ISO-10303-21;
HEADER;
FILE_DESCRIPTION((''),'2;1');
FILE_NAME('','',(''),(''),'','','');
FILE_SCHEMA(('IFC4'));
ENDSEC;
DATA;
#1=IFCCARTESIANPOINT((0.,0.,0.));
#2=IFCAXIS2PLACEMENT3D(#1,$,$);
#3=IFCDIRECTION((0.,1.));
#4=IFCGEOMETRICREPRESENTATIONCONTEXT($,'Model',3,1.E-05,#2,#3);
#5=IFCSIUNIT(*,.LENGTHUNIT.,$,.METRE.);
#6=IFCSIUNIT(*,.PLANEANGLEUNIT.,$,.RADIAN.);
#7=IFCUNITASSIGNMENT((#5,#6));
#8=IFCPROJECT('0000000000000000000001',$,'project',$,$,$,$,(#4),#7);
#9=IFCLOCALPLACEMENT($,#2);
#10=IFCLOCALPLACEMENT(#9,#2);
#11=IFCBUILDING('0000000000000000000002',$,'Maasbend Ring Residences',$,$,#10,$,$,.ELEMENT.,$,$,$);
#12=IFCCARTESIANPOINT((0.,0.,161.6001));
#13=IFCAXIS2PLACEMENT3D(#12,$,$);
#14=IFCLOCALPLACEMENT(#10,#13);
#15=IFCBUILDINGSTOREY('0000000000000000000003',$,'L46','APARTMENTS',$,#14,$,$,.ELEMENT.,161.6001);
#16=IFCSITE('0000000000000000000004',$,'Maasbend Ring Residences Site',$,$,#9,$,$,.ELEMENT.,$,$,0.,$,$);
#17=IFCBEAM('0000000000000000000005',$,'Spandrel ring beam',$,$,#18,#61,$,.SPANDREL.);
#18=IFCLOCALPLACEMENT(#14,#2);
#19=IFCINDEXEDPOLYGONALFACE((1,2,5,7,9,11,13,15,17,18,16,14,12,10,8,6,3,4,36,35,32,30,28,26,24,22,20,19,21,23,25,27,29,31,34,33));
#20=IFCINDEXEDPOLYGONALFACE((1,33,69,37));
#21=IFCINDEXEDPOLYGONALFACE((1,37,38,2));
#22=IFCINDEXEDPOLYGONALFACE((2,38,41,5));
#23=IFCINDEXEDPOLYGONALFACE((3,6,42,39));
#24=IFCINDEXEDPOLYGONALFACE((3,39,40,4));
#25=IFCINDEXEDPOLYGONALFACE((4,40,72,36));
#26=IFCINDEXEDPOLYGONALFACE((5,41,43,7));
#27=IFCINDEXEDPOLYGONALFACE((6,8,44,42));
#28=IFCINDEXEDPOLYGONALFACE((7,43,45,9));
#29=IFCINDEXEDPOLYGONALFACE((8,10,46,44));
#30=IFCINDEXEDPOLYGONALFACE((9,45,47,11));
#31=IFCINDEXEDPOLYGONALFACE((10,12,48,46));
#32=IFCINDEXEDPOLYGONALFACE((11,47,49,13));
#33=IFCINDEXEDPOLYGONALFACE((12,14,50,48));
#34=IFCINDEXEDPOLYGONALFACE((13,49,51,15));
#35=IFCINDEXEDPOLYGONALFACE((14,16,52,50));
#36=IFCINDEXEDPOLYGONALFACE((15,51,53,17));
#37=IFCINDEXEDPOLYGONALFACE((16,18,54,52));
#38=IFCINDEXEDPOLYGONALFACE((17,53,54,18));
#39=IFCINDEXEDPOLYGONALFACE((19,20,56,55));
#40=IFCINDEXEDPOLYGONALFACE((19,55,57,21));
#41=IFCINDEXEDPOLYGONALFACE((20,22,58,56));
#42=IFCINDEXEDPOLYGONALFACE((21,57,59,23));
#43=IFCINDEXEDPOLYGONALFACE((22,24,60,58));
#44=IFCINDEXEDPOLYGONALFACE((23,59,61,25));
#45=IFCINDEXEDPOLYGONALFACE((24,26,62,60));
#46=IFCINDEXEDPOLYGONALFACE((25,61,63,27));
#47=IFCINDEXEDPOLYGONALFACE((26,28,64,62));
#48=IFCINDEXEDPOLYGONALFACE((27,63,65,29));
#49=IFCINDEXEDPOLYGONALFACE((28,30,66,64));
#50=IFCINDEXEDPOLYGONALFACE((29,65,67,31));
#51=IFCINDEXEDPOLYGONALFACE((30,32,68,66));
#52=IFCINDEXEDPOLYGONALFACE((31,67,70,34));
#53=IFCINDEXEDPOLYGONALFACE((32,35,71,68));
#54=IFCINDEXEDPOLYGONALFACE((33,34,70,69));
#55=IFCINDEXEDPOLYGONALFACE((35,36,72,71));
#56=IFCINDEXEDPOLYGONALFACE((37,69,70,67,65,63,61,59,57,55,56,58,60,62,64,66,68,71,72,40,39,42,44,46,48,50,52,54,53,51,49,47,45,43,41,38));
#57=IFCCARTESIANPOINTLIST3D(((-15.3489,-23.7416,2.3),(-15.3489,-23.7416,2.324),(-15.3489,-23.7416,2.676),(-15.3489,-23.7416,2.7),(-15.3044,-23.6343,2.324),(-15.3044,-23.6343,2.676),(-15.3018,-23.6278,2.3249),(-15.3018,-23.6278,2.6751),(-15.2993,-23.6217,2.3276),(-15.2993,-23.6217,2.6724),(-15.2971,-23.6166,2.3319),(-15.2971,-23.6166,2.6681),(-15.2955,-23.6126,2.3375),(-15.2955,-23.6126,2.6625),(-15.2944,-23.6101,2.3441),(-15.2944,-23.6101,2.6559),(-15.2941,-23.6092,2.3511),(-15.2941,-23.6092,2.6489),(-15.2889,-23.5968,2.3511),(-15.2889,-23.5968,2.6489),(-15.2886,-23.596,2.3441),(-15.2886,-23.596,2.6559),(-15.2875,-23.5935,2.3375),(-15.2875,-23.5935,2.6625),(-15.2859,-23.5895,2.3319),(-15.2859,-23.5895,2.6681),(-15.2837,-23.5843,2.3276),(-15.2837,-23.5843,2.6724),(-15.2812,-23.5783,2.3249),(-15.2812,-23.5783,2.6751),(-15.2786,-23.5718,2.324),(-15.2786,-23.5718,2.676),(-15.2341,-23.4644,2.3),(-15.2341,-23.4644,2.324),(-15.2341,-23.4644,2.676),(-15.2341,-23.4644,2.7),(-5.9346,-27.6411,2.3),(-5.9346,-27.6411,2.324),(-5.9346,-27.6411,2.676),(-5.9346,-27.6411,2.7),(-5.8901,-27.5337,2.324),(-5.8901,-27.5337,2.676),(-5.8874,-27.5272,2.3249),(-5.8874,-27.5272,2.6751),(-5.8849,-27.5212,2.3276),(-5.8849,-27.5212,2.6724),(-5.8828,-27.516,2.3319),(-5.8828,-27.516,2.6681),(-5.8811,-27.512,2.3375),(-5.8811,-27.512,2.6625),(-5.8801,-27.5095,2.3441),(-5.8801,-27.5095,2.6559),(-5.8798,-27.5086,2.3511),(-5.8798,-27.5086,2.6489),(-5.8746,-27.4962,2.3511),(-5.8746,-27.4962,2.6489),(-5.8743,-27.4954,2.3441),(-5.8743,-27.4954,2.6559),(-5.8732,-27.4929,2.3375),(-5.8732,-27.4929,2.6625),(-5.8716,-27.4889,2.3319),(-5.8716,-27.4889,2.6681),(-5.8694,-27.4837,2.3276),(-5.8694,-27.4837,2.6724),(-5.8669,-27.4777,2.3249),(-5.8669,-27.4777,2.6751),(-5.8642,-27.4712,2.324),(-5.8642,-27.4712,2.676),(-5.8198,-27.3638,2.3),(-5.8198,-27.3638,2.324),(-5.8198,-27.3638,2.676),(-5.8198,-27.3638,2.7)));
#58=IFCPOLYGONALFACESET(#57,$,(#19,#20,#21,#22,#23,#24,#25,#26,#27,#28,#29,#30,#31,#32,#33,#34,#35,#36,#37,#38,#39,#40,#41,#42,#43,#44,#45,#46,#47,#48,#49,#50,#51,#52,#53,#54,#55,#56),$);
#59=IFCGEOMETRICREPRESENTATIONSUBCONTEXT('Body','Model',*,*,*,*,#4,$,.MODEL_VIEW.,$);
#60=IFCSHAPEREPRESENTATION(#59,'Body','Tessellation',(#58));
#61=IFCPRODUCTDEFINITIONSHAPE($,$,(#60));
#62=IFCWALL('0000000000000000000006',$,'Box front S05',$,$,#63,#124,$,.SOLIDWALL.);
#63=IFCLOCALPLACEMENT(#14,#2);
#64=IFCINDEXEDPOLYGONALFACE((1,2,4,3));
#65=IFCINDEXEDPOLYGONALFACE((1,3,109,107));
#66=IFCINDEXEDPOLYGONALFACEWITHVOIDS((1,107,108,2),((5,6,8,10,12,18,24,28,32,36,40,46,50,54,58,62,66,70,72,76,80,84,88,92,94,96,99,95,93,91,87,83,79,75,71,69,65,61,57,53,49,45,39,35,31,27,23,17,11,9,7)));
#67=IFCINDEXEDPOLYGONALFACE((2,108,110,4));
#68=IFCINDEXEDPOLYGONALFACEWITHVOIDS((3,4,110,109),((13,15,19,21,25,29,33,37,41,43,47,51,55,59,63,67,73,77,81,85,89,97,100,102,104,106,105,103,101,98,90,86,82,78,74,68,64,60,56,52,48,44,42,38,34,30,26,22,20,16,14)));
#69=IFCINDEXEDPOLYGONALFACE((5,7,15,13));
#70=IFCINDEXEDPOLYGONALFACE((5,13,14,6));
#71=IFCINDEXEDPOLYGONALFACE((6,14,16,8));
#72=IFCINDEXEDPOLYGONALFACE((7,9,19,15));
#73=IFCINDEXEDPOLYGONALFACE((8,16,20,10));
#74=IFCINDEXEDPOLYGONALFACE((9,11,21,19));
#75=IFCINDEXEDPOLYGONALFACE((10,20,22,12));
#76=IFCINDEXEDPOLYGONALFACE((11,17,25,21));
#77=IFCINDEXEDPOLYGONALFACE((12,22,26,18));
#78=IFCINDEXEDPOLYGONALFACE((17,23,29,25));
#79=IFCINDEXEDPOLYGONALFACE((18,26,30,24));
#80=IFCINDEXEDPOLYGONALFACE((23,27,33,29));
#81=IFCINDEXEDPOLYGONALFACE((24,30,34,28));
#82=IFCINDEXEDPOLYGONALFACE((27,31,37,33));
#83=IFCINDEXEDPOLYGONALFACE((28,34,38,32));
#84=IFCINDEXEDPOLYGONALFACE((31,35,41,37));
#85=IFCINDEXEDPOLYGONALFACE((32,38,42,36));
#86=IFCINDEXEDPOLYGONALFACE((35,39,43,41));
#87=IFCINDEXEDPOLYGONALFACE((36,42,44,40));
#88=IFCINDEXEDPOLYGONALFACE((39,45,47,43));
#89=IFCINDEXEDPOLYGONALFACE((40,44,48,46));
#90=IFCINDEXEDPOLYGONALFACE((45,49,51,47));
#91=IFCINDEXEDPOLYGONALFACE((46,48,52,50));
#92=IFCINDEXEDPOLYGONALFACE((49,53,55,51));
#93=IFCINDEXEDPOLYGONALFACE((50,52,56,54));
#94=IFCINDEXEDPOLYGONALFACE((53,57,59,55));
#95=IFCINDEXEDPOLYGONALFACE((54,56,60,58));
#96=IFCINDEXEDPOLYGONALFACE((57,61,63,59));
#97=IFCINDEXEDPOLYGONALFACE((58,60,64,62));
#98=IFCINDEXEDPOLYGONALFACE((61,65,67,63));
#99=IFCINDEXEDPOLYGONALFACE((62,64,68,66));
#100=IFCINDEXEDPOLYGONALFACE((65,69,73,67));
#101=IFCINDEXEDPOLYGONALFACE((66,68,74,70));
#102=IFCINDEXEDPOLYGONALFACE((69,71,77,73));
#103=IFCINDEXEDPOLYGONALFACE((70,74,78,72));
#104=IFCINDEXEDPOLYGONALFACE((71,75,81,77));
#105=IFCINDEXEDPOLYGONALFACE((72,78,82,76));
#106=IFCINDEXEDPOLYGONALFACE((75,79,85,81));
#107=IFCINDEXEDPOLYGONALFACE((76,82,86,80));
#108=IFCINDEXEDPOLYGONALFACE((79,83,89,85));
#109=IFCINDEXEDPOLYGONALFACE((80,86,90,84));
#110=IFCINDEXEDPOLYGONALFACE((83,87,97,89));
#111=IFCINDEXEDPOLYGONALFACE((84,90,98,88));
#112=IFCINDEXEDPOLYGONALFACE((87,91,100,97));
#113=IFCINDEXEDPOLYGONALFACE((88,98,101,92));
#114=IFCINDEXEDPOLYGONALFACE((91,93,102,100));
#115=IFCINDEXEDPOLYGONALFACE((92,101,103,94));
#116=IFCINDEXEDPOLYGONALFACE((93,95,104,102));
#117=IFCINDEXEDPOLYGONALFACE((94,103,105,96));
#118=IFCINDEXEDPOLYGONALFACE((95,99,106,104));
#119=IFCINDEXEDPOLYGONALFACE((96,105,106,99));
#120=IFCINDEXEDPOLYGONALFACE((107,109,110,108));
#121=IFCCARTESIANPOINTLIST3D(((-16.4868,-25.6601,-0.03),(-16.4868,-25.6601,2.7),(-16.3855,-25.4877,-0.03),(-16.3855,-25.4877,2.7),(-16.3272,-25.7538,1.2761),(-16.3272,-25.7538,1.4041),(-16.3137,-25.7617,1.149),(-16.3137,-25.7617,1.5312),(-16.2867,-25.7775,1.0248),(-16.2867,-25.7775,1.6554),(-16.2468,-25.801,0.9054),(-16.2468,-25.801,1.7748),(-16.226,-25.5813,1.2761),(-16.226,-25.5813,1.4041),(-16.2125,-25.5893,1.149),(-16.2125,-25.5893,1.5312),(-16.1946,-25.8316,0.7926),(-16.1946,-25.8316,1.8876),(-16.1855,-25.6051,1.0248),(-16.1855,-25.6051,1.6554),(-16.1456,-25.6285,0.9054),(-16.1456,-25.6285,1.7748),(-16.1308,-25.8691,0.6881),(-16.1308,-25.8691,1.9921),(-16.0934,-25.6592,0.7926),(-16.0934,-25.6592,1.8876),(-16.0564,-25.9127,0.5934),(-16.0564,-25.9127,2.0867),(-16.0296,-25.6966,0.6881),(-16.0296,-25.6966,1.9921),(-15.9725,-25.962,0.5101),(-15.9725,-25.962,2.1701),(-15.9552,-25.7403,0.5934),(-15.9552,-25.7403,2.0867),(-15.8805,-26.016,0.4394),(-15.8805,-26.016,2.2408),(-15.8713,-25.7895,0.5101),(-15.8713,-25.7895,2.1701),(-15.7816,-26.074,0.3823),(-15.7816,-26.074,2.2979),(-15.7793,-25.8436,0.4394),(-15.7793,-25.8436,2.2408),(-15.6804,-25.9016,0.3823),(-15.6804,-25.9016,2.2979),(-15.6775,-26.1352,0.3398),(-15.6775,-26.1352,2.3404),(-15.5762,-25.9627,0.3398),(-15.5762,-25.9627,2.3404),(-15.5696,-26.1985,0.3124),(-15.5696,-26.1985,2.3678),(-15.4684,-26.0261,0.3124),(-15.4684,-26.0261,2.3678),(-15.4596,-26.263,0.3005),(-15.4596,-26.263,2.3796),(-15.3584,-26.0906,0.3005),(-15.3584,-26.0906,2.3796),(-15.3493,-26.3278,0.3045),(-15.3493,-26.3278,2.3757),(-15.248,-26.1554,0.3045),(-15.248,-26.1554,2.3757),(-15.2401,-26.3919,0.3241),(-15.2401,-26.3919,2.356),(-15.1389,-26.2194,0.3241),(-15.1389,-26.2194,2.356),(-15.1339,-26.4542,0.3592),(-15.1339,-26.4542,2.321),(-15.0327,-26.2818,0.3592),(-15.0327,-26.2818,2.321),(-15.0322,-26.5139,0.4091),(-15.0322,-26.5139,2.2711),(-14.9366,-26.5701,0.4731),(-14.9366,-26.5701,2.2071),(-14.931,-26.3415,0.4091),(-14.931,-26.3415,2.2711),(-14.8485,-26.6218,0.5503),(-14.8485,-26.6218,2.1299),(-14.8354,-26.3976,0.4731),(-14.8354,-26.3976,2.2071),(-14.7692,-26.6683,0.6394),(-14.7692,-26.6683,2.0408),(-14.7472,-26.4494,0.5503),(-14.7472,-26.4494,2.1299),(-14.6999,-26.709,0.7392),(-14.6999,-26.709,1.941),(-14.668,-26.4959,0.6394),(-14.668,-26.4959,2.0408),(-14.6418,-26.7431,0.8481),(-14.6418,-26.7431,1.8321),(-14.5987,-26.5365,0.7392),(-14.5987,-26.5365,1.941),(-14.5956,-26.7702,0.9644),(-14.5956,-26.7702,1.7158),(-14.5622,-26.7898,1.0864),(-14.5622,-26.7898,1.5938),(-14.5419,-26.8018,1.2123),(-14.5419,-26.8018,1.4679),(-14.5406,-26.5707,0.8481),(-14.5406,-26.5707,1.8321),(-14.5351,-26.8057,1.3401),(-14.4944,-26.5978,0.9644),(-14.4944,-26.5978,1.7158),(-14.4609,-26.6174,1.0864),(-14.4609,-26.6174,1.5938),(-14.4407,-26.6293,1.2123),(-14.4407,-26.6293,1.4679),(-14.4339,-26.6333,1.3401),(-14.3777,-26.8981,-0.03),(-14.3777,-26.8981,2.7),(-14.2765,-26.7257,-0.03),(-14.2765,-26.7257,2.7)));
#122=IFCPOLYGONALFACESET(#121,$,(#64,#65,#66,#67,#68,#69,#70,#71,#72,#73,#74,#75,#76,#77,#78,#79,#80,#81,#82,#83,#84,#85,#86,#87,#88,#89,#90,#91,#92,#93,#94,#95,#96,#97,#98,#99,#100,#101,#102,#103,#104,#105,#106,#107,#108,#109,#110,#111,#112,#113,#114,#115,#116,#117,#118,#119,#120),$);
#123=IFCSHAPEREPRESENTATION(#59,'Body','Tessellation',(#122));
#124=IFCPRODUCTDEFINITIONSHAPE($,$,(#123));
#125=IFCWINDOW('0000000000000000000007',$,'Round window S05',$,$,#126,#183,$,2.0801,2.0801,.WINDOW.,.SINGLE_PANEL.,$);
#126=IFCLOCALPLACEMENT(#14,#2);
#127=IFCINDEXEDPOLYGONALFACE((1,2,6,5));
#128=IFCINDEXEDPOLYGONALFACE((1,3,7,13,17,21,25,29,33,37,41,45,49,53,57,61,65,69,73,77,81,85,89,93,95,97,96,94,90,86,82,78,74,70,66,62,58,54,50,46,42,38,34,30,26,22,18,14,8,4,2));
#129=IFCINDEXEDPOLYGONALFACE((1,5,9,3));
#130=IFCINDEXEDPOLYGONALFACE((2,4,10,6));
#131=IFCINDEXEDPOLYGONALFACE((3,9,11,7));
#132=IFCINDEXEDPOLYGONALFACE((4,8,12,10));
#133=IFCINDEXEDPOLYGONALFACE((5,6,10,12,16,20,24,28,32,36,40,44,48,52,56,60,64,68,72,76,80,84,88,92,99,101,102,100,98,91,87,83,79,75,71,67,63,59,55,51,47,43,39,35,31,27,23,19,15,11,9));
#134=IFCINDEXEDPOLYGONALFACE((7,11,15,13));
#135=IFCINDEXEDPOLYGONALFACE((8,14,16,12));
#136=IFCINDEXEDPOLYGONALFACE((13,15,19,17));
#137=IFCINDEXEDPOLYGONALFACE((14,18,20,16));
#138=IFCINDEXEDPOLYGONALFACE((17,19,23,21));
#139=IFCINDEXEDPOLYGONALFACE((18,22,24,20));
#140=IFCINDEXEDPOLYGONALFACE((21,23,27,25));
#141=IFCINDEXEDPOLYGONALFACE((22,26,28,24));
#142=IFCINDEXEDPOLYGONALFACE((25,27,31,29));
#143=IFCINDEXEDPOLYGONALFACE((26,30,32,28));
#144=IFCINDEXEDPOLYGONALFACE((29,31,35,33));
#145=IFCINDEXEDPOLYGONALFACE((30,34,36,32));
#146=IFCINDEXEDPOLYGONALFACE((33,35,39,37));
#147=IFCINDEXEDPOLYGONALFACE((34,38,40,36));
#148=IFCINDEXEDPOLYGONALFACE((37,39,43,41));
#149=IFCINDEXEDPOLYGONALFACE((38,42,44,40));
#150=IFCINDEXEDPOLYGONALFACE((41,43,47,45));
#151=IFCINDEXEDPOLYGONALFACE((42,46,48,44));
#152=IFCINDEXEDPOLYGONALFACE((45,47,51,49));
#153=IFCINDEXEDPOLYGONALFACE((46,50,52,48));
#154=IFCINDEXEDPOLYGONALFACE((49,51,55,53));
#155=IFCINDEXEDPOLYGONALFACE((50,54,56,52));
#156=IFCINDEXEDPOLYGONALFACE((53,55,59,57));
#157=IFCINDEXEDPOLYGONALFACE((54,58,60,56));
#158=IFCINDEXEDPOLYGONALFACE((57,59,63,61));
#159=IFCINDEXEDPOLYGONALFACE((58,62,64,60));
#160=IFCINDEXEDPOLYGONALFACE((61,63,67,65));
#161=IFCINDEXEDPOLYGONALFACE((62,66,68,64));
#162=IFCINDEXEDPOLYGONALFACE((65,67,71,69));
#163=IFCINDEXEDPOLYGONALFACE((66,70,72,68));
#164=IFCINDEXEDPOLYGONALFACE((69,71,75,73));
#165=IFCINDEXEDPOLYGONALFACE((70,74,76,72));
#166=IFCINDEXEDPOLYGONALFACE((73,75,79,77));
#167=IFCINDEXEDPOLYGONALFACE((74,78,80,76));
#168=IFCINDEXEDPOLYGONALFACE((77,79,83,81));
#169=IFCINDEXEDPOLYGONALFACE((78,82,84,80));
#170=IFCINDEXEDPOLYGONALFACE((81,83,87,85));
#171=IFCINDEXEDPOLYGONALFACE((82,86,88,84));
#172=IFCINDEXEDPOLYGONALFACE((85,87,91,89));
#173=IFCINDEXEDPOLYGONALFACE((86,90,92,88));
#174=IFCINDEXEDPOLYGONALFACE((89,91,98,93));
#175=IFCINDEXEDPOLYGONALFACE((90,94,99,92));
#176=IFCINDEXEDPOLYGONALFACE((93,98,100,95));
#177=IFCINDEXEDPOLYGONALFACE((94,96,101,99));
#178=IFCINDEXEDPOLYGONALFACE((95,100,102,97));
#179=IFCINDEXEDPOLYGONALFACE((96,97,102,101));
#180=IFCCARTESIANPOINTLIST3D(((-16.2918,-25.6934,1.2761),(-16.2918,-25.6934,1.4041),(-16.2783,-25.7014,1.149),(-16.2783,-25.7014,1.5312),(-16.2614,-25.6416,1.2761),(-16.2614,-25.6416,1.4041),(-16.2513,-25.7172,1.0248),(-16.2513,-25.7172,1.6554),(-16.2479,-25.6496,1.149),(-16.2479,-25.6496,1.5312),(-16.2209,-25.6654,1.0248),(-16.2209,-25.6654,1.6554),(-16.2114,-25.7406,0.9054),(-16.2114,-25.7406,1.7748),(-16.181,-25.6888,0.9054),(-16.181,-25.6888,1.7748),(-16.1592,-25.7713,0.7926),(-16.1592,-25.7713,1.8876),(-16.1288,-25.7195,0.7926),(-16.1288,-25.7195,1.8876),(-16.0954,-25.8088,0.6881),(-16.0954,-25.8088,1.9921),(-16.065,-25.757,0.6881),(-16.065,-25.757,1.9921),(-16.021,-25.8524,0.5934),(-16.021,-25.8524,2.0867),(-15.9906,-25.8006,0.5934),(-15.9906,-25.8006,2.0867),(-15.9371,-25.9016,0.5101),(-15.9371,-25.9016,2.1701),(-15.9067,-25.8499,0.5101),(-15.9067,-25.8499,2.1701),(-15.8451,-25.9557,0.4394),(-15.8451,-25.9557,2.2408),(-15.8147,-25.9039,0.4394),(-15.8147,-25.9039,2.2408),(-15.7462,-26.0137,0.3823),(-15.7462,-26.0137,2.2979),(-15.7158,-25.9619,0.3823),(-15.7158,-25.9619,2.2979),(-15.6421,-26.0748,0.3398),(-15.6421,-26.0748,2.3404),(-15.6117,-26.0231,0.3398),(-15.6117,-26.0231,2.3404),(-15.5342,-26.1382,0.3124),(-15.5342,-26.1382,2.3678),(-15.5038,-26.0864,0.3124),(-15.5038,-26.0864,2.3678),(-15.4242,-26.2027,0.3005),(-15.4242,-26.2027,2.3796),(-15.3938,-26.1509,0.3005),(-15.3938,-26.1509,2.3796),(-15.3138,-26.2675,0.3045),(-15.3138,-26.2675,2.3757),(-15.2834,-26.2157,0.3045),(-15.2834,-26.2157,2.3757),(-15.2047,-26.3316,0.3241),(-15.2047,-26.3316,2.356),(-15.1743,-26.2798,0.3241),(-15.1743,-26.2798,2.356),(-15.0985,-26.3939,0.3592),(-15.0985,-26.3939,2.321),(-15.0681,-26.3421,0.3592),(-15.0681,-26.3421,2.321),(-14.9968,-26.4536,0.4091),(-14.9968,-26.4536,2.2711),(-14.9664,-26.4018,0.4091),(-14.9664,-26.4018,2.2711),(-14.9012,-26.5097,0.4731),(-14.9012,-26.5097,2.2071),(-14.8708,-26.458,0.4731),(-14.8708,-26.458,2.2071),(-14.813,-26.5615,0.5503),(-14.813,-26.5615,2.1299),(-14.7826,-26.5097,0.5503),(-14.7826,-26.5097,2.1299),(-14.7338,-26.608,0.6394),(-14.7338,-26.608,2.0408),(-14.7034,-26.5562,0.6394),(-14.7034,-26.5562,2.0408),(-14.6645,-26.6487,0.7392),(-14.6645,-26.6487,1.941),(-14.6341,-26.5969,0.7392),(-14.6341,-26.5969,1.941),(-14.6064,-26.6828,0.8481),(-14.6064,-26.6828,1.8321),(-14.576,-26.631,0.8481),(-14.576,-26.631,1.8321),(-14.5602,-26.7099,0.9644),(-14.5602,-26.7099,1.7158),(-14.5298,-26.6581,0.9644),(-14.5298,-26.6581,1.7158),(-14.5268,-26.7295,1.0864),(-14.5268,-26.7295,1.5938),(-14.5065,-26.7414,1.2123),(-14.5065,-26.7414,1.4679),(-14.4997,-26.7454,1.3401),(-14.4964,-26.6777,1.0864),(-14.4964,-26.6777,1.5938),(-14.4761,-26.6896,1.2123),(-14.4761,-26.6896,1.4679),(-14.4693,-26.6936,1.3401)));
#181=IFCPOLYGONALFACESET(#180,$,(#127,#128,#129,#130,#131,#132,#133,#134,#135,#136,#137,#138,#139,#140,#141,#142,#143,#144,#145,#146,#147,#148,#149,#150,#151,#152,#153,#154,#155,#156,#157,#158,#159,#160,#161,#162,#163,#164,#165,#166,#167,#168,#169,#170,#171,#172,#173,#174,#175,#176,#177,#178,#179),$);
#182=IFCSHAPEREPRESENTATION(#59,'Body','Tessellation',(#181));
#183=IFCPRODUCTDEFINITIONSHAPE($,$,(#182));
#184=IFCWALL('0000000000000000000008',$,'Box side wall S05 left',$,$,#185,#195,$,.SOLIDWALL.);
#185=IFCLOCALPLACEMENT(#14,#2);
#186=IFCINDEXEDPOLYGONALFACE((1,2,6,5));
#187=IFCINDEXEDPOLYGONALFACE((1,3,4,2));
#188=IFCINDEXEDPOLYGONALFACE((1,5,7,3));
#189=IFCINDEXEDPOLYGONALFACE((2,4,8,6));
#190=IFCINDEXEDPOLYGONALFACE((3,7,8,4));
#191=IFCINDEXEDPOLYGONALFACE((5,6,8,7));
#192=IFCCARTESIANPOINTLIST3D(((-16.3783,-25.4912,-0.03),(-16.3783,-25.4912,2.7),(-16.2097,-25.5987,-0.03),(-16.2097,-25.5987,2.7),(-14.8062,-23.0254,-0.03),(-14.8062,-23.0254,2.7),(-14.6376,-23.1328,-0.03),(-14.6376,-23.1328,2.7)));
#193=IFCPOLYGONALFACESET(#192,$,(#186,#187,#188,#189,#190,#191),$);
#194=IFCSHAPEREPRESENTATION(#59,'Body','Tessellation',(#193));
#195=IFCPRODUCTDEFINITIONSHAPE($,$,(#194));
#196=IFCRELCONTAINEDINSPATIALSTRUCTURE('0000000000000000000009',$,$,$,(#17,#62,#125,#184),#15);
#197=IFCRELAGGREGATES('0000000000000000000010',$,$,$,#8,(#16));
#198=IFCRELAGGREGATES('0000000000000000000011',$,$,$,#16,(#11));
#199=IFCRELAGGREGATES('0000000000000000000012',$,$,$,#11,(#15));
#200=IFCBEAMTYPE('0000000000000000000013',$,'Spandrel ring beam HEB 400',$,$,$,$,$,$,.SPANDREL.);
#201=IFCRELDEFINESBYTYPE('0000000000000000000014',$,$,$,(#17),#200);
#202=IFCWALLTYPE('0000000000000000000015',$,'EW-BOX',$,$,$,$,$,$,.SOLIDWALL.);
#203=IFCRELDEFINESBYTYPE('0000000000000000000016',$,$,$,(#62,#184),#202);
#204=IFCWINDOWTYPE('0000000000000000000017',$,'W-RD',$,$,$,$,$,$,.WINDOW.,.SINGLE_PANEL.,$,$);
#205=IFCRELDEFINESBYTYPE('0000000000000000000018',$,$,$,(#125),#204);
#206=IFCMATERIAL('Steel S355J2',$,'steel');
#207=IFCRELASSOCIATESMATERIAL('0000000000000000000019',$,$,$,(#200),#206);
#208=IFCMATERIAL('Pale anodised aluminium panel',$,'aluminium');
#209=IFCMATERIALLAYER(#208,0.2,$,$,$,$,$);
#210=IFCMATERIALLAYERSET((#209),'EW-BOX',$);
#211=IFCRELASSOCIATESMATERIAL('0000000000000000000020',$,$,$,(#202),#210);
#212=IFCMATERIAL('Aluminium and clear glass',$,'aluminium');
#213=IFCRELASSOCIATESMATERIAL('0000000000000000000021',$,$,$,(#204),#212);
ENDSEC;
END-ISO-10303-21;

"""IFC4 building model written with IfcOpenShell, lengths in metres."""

from ifc_helpers import new_model, si_unit, direction, frame, frame_2d, origin, origin_2d, place, context, subcontext, project, spatial, rectangle, circle, i_section, extrude, material, layer, layer_set, material_profile, profile_set, type_object, element, fill, save


model = new_model("IFC4")

# Units and contexts
model_context = context("Model", 3, precision=1e-05, world=origin(), true_north=direction((0.0, 1.0)))
body_context = subcontext(model_context, "Body", "Model", "MODEL_VIEW")
ifc_project = project(units=[si_unit("LENGTHUNIT", "METRE"), si_unit("PLANEANGLEUNIT", "RADIAN")], contexts=[model_context])

# Site, building, storey
site_placement = place(None, origin())
site = spatial("IfcSite", under=ifc_project, at=site_placement, Name="Maasbend Ring Residences Site", CompositionType="ELEMENT", RefElevation=0.0)
building_placement = place(site_placement, origin())
building = spatial("IfcBuilding", under=site, at=building_placement, Name="Maasbend Ring Residences", CompositionType="ELEMENT")
storey_placement = place(building_placement, frame((0.0, 0.0, 161.6001)))
storey = spatial("IfcBuildingStorey", under=building, at=storey_placement, Name="L46", Description="APARTMENTS", CompositionType="ELEMENT", Elevation=161.6001)

# Beam
ifc_material_1 = material(Name="Steel S355J2", Category="steel")
ifc_material_profile_1 = material_profile(ifc_material_1, i_section(OverallWidth=0.3, OverallDepth=0.3999, WebThickness=0.0134, FlangeThickness=0.0239, FilletRadius=0.0271, at=origin_2d()), Name="HEB 400")
ifc_profile_set_1 = profile_set([ifc_material_profile_1], Name="Steel S355J2")
beam_type_1 = type_object("IfcBeamType", Name="Spandrel ring beam HEB 400", PredefinedType="SPANDREL", material=ifc_profile_set_1)
beam_1_placement = place(storey_placement, frame((-15.2915, -23.603, 2.5), z_axis=(0.923884, -0.382673, 0.0), x_axis=(0.382673, 0.923884, 0.0)))
element("IfcBeam", 1, at=beam_1_placement, inside=storey, type_object=beam_type_1, Name="Spandrel ring beam", PredefinedType="SPANDREL", context=body_context, shape_type="SweptSolid", body=[
    extrude(i_section(OverallWidth=0.3, OverallDepth=0.3999, WebThickness=0.0134, FlangeThickness=0.0239, FilletRadius=0.0271, at=origin_2d()), origin(), (0.0, 0.0, 1.0), 10.1899),
])

# Wall, opening, window
ifc_material_2 = material(Name="Pale anodised aluminium panel", Category="aluminium")
ifc_layer_1 = layer(ifc_material_2, 0.2)
ifc_layer_set_1 = layer_set([ifc_layer_1], Name="EW-BOX")
wall_type_1 = type_object("IfcWallType", Name="EW-BOX", PredefinedType="SOLIDWALL", material=ifc_layer_set_1)
wall_1_placement = place(storey_placement, frame((-16.436, -25.574, -0.03), z_axis=(0.0, 0.0, 1.0), x_axis=(0.862403, -0.506222, 0.0)))
wall_1 = element("IfcWall", 2, at=wall_1_placement, inside=storey, type_object=wall_type_1, Name="Box front S05", PredefinedType="SOLIDWALL", context=body_context, shape_type="SweptSolid", body=[
    extrude(rectangle(XDim=2.4456, YDim=0.2, at=frame_2d((1.2227, 0.0))), origin(), (0.0, 0.0, 1.0), 2.73),
])
opening_1_placement = place(wall_1_placement, frame((0.1829, 0.0, 0.3301)))
opening_1 = element("IfcOpeningElement", 3, at=opening_1_placement, cuts=wall_1, PredefinedType="OPENING", context=body_context, shape_type="SweptSolid", body=[
    extrude(circle(Radius=1.04, at=frame_2d((1.04, 1.04))), frame((0.0, 0.1099, 0.0), z_axis=(0.0, -1.0, 0.0), x_axis=(1.0, 0.0, 0.0)), (0.0, 0.0, 1.0), 0.22),
])
ifc_material_3 = material(Name="Aluminium and clear glass", Category="aluminium")
window_type_1 = type_object("IfcWindowType", Name="W-RD", PartitioningType="SINGLE_PANEL", PredefinedType="WINDOW", material=ifc_material_3)
window_1_placement = place(opening_1_placement, origin())
window_1 = element("IfcWindow", 4, at=window_1_placement, inside=storey, type_object=window_type_1, Name="Round window S05", OverallHeight=2.0801, OverallWidth=2.0801, PartitioningType="SINGLE_PANEL", PredefinedType="WINDOW", context=body_context, shape_type="SweptSolid", body=[
    extrude(circle(Radius=1.04, at=frame_2d((1.04, 1.04))), frame((0.0, 0.03, 0.0), z_axis=(0.0, -1.0, 0.0), x_axis=(1.0, 0.0, 0.0)), (0.0, 0.0, 1.0), 0.0601),
])
fill(opening_1, window_1)

# Wall
wall_2_placement = place(storey_placement, frame((-14.7219, -23.0791, -0.03), z_axis=(0.0, 0.0, 1.0), x_axis=(-0.537572, -0.843218, 0.0)))
element("IfcWall", 5, at=wall_2_placement, inside=storey, type_object=wall_type_1, Name="Box side wall S05 left", PredefinedType="SOLIDWALL", context=body_context, shape_type="SweptSolid", body=[
    extrude(rectangle(XDim=2.9243, YDim=0.2, at=frame_2d((1.4622, 0.0))), origin(), (0.0, 0.0, 1.0), 2.73),
])

save(model, "model.ifc")
